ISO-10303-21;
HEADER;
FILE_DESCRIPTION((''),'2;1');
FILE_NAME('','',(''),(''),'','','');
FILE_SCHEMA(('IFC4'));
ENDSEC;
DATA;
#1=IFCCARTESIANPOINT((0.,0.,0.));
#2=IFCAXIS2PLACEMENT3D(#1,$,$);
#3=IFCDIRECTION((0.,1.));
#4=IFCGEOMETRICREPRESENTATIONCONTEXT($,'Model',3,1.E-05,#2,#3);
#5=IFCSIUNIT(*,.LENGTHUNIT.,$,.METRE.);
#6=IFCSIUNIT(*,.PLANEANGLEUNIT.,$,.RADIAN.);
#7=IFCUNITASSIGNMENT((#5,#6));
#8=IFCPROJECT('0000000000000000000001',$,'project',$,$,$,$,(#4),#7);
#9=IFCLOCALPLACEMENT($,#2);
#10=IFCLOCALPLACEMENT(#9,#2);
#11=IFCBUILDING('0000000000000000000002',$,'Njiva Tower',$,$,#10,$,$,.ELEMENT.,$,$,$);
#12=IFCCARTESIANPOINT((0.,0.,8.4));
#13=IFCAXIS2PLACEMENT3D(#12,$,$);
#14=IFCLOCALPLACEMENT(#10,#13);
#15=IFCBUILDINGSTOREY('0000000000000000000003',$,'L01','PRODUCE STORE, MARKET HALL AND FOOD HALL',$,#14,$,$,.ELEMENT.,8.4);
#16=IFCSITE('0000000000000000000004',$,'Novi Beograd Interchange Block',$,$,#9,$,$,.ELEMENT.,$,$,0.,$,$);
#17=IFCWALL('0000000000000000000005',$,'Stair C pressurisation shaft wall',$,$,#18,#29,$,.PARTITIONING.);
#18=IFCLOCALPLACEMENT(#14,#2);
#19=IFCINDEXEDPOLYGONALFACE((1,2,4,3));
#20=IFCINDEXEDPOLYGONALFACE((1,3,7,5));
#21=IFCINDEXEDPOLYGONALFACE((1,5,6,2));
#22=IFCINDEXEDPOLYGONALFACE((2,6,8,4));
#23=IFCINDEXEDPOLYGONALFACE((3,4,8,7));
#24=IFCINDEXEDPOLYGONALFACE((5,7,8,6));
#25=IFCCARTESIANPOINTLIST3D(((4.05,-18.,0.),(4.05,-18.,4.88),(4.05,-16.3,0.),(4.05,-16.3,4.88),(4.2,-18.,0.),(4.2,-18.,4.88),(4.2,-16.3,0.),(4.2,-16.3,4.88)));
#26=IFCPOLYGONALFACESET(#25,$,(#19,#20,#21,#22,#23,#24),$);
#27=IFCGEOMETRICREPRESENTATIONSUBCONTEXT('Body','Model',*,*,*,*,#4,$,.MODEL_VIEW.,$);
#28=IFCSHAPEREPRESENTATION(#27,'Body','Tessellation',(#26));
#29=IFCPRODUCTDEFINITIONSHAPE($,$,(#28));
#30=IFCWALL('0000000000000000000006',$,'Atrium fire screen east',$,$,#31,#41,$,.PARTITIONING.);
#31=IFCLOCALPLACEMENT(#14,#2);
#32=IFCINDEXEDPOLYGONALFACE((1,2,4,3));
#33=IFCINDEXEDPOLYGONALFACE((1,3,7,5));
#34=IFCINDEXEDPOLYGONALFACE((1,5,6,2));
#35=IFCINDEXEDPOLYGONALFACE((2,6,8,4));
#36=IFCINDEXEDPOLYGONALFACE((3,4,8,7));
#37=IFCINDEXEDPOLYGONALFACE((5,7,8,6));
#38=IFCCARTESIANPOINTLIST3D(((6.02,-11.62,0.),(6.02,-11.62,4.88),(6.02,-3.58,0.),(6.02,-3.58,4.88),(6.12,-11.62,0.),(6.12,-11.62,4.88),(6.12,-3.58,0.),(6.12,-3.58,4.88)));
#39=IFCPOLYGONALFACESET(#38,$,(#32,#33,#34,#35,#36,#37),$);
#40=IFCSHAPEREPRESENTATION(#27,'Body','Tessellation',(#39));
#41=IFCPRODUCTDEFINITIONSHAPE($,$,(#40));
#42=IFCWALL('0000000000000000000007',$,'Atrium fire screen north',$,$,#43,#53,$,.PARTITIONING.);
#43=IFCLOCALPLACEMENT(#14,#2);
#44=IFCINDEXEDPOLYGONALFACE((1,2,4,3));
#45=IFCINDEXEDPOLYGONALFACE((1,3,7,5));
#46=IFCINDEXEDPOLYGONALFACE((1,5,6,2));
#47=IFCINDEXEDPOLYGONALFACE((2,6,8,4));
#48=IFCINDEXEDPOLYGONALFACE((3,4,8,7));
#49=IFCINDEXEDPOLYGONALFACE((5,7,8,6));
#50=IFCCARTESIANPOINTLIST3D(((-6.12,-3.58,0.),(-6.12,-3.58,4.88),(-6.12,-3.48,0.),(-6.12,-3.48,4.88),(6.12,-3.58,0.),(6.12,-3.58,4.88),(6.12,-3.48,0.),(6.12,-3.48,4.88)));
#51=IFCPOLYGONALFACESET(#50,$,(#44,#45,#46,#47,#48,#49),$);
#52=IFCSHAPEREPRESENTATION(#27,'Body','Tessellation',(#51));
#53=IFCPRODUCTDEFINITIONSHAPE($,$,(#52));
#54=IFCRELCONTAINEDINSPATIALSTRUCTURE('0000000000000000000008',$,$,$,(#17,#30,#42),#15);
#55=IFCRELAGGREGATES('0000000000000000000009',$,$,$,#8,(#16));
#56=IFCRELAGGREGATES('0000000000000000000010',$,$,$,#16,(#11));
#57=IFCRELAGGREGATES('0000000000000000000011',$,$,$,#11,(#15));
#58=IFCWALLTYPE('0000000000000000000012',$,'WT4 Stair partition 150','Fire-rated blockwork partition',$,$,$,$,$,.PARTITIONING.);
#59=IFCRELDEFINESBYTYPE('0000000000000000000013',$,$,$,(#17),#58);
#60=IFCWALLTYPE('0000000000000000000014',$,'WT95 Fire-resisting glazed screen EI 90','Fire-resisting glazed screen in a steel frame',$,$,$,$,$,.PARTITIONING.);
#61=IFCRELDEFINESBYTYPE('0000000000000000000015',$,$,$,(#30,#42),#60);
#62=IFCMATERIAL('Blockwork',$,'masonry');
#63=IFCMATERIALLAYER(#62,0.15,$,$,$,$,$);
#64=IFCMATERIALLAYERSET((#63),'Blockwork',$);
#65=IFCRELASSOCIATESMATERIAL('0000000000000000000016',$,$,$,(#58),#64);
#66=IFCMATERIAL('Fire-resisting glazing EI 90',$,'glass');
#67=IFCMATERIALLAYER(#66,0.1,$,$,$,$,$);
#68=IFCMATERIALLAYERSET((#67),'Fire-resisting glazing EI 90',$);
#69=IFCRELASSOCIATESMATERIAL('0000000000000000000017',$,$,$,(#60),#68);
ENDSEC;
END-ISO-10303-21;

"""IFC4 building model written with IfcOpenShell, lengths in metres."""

from ifc_helpers import new_model, si_unit, direction, frame, frame_2d, origin, place, context, subcontext, project, spatial, rectangle, extrude, material, layer, layer_set, type_object, element, save


model = new_model("IFC4")

# Units and contexts
model_context = context("Model", 3, precision=1e-05, world=origin(), true_north=direction((0.0, 1.0)))
body_context = subcontext(model_context, "Body", "Model", "MODEL_VIEW")
ifc_project = project(units=[si_unit("LENGTHUNIT", "METRE"), si_unit("PLANEANGLEUNIT", "RADIAN")], contexts=[model_context])

# Site, building, storey
site_placement = place(None, origin())
site = spatial("IfcSite", under=ifc_project, at=site_placement, Name="Novi Beograd Interchange Block", CompositionType="ELEMENT", RefElevation=0.0)
building_placement = place(site_placement, origin())
building = spatial("IfcBuilding", under=site, at=building_placement, Name="Njiva Tower", CompositionType="ELEMENT")
storey_placement = place(building_placement, frame((0.0, 0.0, 8.4)))
storey = spatial("IfcBuildingStorey", under=building, at=storey_placement, Name="L01", Description="PRODUCE STORE, MARKET HALL AND FOOD HALL", CompositionType="ELEMENT", Elevation=8.4)

# Shared definitions
ifc_material_1 = material(Name="Blockwork", Category="masonry")
ifc_layer_1 = layer(ifc_material_1, 0.15)
ifc_layer_set_1 = layer_set([ifc_layer_1], Name="Blockwork")
wall_type_1 = type_object("IfcWallType", Name="WT4 Stair partition 150", Description="Fire-rated blockwork partition", PredefinedType="PARTITIONING", material=ifc_layer_set_1)

# Walls
wall_1_placement = place(storey_placement, frame((4.125, -18.0, 0.0), z_axis=(0.0, 0.0, 1.0), x_axis=(0.0, 1.0, 0.0)))
element("IfcWall", 1, at=wall_1_placement, inside=storey, type_object=wall_type_1, Name="Stair C pressurisation shaft wall", PredefinedType="PARTITIONING", context=body_context, shape_type="SweptSolid", body=[
    extrude(rectangle(XDim=1.7, YDim=0.15, at=frame_2d((0.85, 0.0))), origin(), (0.0, 0.0, 1.0), 4.88),
])
ifc_material_2 = material(Name="Fire-resisting glazing EI 90", Category="glass")
ifc_layer_2 = layer(ifc_material_2, 0.1)
ifc_layer_set_2 = layer_set([ifc_layer_2], Name="Fire-resisting glazing EI 90")
wall_type_2 = type_object("IfcWallType", Name="WT95 Fire-resisting glazed screen EI 90", Description="Fire-resisting glazed screen in a steel frame", PredefinedType="PARTITIONING", material=ifc_layer_set_2)
wall_2_placement = place(storey_placement, frame((6.07, -11.62, 0.0), z_axis=(0.0, 0.0, 1.0), x_axis=(0.0, 1.0, 0.0)))
element("IfcWall", 2, at=wall_2_placement, inside=storey, type_object=wall_type_2, Name="Atrium fire screen east", PredefinedType="PARTITIONING", context=body_context, shape_type="SweptSolid", body=[
    extrude(rectangle(XDim=8.04, YDim=0.1, at=frame_2d((4.02, 0.0))), origin(), (0.0, 0.0, 1.0), 4.88),
])
wall_3_placement = place(storey_placement, frame((6.12, -3.53, 0.0), z_axis=(0.0, 0.0, 1.0), x_axis=(-1.0, 0.0, 0.0)))
element("IfcWall", 3, at=wall_3_placement, inside=storey, type_object=wall_type_2, Name="Atrium fire screen north", PredefinedType="PARTITIONING", context=body_context, shape_type="SweptSolid", body=[
    extrude(rectangle(XDim=12.24, YDim=0.1, at=frame_2d((6.12, 0.0))), origin(), (0.0, 0.0, 1.0), 4.88),
])

save(model, "model.ifc")
